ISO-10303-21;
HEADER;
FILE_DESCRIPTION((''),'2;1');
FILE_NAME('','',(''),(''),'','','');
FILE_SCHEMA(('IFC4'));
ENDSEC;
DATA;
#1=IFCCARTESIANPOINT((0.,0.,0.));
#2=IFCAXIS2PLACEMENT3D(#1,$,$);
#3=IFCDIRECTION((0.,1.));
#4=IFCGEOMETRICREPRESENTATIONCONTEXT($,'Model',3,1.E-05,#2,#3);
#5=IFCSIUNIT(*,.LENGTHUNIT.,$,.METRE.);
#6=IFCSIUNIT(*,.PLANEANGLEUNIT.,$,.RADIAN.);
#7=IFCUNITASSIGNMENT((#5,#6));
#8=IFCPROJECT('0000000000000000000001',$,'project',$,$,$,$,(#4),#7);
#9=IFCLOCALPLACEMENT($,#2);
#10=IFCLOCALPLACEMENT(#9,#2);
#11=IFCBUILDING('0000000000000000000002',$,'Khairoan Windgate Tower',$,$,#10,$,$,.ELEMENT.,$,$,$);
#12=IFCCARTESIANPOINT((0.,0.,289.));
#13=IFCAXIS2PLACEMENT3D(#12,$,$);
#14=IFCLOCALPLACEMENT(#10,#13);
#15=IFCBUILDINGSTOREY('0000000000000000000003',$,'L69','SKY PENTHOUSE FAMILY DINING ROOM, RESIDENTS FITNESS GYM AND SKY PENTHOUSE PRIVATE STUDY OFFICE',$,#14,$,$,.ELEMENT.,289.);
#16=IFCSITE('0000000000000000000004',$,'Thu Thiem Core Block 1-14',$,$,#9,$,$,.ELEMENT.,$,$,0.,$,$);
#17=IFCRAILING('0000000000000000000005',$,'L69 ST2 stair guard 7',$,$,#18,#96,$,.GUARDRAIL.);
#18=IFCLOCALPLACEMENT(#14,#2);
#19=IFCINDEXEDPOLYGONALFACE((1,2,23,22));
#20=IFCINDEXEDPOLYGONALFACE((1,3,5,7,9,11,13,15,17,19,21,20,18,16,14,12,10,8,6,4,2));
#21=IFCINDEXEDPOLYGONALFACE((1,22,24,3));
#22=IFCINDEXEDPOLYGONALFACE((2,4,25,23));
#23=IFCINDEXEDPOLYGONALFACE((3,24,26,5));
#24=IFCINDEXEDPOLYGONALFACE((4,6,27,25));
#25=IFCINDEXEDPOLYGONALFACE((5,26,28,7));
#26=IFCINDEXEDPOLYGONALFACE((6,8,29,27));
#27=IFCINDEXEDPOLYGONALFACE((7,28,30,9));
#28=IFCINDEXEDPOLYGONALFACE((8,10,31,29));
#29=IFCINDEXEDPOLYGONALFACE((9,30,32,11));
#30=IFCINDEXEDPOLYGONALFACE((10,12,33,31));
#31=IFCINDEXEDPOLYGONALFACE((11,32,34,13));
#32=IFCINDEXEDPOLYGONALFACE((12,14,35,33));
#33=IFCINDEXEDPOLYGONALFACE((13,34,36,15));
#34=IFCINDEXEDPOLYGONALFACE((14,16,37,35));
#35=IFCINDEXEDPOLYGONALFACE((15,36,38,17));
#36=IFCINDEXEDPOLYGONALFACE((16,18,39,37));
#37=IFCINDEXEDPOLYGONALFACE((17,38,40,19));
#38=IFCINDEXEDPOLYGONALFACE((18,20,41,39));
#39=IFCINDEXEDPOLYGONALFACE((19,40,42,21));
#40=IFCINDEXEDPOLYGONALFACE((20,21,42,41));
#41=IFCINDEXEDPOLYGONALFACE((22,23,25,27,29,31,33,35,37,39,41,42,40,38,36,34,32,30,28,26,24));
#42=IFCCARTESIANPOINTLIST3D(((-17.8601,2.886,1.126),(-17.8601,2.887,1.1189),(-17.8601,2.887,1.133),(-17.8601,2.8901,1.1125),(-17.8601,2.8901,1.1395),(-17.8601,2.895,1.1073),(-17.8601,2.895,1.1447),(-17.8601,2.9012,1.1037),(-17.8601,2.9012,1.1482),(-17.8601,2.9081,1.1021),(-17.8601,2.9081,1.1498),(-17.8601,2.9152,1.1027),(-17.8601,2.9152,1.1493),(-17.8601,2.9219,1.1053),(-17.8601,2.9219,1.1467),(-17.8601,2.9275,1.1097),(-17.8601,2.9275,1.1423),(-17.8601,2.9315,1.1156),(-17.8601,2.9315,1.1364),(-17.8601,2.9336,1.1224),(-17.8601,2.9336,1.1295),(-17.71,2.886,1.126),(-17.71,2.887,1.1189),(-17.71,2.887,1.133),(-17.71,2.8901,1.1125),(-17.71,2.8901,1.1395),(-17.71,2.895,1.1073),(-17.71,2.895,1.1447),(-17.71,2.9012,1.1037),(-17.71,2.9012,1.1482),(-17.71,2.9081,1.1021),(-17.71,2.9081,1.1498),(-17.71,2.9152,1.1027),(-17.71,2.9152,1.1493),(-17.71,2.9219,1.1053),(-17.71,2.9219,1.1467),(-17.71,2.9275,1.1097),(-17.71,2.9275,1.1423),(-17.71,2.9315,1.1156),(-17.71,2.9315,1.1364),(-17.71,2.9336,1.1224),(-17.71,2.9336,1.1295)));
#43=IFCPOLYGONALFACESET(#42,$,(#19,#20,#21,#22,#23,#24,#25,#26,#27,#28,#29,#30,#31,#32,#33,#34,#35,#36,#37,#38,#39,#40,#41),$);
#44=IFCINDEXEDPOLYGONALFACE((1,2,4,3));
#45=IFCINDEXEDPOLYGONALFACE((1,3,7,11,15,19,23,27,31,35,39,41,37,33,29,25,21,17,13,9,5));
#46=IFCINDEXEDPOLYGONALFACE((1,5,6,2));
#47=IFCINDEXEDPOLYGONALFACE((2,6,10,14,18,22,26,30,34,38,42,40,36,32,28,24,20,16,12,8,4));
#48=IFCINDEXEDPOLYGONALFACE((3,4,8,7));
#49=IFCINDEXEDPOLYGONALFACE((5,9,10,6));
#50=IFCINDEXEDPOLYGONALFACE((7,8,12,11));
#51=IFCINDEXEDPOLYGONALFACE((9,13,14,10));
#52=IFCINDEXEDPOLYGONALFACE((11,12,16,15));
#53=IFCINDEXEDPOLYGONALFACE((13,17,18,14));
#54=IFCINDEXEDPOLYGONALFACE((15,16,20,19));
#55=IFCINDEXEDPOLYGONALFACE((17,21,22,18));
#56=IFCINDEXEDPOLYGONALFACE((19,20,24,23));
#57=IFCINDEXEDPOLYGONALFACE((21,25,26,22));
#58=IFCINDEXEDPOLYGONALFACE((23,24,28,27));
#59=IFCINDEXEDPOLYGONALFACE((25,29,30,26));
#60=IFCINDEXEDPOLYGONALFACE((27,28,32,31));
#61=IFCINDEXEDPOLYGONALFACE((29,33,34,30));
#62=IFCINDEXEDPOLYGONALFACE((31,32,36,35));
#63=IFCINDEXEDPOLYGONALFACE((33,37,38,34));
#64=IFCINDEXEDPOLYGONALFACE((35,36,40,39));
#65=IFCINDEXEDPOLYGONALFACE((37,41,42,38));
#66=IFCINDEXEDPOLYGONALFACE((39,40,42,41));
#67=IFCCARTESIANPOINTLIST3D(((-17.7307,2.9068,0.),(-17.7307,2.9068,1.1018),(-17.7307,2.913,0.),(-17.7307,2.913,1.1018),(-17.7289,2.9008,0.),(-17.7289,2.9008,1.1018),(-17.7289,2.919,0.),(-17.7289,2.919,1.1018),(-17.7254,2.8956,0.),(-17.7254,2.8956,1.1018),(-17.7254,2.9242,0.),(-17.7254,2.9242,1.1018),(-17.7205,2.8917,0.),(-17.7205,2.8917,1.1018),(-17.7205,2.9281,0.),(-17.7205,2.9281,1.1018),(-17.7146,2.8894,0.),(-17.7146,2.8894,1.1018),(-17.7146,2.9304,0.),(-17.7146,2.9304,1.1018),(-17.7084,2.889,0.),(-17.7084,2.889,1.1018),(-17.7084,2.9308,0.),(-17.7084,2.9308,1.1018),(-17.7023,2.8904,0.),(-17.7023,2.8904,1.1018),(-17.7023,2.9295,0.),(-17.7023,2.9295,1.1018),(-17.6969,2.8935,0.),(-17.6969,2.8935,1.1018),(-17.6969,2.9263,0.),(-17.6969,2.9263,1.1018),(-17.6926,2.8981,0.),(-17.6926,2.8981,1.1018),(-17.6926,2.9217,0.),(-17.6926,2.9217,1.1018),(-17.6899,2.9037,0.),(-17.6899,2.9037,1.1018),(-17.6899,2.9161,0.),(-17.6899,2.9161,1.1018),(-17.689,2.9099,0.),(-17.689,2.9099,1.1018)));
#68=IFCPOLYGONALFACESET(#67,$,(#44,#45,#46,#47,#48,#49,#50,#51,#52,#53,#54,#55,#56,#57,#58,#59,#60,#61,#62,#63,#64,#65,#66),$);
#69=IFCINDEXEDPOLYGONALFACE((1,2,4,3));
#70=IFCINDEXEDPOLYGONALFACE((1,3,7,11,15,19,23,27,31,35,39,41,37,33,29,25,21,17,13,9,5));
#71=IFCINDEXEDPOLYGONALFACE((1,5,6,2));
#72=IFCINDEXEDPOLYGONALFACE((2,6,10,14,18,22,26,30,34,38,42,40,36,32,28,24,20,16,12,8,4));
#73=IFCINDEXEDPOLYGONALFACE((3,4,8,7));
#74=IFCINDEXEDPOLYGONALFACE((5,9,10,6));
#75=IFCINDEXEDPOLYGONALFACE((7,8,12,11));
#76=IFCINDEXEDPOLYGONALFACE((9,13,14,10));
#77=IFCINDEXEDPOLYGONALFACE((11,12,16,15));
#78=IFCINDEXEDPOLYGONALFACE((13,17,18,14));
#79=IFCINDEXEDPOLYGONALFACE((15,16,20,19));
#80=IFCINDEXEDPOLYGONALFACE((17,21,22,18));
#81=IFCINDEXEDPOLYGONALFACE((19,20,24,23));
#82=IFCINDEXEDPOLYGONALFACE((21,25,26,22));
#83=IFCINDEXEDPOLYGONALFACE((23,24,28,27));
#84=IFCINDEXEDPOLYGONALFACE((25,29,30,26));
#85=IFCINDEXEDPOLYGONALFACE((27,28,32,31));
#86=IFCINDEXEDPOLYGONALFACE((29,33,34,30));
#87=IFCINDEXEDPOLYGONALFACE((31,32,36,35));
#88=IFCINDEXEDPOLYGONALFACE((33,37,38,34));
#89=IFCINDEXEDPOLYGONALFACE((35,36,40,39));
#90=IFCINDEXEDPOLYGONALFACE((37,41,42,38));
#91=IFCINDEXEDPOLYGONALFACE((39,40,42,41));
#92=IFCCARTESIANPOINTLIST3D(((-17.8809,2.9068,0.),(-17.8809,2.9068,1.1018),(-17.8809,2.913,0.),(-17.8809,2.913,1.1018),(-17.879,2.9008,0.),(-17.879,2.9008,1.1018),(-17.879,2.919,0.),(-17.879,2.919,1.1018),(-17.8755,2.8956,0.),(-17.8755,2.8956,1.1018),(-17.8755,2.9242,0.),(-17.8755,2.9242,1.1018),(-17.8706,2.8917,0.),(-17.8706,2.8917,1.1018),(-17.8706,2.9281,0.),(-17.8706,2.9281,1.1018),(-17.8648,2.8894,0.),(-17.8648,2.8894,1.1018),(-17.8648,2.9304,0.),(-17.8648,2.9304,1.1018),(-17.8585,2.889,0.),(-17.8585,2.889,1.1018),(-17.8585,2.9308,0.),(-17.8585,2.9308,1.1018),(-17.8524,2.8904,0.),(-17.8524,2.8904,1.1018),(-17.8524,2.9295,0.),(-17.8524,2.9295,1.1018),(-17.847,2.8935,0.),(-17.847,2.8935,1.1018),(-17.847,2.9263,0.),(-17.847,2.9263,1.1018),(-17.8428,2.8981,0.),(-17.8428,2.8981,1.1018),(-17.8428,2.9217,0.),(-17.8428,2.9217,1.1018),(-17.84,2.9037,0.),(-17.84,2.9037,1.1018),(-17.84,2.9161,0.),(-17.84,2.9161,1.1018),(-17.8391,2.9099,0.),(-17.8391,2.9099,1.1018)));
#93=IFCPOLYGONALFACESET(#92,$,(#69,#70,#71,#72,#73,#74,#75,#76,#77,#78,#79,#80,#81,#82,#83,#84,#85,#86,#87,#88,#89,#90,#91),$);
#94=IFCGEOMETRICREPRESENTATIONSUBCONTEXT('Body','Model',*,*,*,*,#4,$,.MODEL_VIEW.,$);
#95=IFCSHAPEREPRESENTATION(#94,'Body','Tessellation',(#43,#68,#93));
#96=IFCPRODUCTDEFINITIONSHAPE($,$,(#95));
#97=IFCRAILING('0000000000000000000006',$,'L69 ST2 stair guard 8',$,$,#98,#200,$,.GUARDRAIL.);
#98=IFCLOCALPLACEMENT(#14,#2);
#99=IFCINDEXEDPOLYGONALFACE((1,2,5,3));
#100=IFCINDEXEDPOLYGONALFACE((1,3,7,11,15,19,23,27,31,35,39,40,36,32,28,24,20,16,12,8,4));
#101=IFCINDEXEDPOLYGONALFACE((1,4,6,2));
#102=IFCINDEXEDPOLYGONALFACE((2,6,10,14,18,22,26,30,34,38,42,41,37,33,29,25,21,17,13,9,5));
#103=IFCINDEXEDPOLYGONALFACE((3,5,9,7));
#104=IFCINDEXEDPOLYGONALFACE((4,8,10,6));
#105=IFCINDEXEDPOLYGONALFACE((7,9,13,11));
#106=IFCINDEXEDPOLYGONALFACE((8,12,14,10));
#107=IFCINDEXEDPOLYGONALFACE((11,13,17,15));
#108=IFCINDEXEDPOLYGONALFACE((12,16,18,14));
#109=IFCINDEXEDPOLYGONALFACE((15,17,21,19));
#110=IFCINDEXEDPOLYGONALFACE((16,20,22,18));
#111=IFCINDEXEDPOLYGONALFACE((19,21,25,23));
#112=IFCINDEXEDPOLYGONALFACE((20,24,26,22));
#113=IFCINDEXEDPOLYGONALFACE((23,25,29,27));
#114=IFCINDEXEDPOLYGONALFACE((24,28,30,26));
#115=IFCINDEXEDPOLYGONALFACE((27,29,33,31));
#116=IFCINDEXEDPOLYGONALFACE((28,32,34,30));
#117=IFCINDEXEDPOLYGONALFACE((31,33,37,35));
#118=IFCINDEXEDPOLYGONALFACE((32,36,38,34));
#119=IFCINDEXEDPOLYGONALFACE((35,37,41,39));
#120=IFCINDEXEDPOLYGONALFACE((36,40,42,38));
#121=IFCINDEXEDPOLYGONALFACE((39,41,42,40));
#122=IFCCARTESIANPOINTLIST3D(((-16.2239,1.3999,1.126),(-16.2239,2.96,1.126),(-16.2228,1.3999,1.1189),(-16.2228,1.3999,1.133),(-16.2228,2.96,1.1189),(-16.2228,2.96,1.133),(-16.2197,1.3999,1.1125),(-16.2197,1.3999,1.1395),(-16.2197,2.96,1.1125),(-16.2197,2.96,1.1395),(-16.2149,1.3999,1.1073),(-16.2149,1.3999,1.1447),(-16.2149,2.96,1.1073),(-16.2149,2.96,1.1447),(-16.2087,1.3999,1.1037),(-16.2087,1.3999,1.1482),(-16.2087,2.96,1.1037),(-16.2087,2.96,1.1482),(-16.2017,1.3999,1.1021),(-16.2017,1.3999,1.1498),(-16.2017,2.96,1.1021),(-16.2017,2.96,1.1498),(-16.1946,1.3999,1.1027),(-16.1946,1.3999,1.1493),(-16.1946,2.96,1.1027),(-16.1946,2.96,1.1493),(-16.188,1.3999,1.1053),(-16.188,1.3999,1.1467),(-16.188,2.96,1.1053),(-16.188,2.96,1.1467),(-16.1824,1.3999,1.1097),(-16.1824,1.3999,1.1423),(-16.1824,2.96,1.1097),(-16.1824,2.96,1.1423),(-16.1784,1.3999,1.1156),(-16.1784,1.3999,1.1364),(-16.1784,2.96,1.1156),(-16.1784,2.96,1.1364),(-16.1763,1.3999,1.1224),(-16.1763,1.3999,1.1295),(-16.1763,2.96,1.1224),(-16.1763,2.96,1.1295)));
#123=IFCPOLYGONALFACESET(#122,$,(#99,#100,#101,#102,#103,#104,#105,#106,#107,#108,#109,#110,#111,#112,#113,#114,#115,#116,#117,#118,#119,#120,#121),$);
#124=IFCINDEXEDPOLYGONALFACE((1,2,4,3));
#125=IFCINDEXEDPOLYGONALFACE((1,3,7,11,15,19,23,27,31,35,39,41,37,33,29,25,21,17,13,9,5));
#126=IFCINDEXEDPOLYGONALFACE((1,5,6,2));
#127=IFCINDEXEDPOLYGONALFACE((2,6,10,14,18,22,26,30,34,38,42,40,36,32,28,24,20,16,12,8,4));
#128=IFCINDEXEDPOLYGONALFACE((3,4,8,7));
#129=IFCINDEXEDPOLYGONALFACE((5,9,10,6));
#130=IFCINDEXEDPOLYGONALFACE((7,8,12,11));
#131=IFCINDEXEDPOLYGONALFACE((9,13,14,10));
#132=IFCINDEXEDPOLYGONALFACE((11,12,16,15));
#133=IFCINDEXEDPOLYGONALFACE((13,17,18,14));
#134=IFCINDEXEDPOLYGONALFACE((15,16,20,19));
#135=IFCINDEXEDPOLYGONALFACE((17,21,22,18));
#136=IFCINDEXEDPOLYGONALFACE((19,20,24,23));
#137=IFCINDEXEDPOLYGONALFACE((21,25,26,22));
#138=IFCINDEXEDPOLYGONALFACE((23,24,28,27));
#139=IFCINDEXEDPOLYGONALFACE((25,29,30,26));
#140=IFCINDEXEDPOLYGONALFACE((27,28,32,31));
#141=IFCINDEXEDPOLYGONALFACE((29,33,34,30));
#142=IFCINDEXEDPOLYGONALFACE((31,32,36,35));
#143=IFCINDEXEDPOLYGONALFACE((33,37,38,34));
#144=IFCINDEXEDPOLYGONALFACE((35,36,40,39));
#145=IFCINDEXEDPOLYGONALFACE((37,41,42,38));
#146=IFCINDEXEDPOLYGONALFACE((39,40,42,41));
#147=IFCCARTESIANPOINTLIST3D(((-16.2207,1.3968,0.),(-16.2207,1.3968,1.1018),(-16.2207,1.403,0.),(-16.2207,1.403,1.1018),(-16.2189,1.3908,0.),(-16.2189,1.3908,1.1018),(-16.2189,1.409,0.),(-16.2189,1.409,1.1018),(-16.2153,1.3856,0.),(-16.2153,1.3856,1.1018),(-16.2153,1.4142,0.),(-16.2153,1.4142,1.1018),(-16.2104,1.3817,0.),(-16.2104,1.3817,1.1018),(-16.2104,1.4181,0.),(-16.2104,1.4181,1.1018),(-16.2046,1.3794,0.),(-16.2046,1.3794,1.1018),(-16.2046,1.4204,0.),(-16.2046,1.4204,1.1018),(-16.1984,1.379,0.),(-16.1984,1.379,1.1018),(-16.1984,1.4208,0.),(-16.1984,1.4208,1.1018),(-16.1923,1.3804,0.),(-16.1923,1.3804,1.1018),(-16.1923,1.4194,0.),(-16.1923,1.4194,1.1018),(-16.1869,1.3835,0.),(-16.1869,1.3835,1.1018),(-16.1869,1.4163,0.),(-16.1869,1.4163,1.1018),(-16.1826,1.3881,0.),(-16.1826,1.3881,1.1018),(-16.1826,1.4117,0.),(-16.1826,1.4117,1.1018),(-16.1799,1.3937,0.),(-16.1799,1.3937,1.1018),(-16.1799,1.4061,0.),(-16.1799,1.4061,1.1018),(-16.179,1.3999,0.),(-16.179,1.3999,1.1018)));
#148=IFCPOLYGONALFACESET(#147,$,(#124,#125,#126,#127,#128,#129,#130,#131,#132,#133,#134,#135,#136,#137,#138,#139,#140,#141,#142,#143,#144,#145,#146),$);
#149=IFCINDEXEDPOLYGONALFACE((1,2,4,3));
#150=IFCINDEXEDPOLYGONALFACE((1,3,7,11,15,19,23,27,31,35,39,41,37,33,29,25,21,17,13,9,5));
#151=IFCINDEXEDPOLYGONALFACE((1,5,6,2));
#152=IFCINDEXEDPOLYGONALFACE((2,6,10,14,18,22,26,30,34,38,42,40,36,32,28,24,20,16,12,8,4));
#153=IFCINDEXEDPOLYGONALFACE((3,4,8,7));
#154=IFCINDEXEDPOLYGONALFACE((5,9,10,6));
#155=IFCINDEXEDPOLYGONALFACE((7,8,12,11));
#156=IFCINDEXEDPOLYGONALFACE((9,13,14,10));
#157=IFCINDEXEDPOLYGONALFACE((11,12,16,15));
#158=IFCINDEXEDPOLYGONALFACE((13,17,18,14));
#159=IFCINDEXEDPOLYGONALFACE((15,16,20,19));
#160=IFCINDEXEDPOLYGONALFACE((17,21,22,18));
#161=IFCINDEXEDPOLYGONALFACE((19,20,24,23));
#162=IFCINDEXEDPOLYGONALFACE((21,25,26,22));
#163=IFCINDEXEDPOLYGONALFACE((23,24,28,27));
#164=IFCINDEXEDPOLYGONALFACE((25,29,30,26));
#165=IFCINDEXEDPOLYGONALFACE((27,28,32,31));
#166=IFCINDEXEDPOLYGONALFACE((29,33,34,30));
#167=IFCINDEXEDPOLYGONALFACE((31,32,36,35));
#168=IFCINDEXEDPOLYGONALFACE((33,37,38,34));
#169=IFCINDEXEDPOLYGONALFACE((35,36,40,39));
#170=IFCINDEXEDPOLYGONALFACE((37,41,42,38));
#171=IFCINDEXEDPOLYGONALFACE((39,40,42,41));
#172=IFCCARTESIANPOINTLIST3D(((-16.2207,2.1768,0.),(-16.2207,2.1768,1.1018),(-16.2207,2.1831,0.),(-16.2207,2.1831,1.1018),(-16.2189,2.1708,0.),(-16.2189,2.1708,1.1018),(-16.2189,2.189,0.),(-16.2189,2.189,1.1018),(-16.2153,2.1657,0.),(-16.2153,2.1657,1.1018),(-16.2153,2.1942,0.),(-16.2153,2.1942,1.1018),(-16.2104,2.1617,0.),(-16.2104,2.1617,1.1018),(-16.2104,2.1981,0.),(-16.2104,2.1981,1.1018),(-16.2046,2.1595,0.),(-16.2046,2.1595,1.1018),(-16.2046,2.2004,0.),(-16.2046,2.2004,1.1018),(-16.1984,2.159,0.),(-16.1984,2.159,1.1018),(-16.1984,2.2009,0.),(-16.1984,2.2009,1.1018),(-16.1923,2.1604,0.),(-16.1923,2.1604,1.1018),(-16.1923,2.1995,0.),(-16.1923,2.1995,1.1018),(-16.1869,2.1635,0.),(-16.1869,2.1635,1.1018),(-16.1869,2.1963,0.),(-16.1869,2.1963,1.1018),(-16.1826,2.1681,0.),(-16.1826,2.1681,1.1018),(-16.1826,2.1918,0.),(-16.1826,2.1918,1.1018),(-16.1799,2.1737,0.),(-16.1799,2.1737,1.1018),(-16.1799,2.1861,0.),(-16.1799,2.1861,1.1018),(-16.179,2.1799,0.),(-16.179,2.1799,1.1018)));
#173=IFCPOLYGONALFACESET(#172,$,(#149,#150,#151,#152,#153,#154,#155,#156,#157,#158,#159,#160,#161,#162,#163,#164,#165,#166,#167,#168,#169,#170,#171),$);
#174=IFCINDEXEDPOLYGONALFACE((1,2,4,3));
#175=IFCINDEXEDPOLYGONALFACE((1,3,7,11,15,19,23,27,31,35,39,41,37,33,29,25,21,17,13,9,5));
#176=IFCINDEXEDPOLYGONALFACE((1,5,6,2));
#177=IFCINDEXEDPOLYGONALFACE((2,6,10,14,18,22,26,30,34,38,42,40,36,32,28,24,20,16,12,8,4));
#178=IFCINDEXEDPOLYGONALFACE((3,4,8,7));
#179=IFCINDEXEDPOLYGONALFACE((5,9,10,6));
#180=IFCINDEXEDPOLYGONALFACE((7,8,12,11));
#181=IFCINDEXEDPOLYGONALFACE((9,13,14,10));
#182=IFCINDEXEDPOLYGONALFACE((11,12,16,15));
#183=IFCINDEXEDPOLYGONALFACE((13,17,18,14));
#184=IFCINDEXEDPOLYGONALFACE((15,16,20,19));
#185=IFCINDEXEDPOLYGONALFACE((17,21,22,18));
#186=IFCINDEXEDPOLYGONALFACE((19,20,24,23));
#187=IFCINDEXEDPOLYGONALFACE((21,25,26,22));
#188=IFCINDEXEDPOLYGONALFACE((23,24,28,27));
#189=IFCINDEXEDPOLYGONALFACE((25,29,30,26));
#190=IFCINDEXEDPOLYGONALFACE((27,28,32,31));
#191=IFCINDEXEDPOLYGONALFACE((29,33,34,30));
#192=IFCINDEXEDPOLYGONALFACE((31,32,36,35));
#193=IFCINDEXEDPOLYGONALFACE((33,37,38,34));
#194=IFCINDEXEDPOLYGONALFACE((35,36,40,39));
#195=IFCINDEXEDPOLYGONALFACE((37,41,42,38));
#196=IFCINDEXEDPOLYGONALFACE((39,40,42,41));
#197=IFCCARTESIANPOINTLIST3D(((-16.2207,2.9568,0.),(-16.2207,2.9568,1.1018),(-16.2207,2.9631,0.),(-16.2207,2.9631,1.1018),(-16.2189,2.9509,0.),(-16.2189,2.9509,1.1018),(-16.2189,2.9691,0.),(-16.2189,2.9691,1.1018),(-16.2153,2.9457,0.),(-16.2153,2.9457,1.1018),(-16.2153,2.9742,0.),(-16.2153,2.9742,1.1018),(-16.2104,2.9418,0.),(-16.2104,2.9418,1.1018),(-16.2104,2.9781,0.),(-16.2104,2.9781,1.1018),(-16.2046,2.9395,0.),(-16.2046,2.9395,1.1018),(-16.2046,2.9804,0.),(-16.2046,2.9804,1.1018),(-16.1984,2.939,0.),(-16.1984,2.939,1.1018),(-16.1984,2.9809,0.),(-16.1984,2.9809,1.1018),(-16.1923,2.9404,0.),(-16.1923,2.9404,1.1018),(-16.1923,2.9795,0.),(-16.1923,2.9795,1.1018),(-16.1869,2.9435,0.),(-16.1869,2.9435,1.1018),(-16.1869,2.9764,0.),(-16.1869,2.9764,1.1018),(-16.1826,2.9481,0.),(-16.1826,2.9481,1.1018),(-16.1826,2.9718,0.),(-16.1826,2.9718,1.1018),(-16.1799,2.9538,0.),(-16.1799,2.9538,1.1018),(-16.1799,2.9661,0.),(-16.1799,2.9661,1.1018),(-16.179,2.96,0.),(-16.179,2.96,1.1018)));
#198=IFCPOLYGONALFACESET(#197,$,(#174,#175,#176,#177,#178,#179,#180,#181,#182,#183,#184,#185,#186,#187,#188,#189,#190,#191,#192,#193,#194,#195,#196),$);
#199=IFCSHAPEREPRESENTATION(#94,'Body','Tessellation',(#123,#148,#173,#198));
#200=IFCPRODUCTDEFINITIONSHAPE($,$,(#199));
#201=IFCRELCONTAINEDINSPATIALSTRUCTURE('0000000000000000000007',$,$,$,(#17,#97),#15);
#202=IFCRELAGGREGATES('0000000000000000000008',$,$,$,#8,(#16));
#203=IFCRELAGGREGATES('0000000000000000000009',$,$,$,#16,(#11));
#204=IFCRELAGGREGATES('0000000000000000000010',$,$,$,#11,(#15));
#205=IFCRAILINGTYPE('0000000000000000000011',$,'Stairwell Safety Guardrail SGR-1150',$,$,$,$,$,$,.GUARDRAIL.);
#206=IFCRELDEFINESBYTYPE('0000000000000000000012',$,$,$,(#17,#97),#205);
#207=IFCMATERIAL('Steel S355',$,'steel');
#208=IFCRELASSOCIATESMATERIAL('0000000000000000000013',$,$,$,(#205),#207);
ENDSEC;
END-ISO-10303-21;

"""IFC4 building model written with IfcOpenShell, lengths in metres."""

from ifc_helpers import new_model, si_unit, direction, frame, origin, origin_2d, place, context, subcontext, project, spatial, circle, extrude, material, type_object, element, save


model = new_model("IFC4")

# Units and contexts
model_context = context("Model", 3, precision=1e-05, world=origin(), true_north=direction((0.0, 1.0)))
body_context = subcontext(model_context, "Body", "Model", "MODEL_VIEW")
ifc_project = project(units=[si_unit("LENGTHUNIT", "METRE"), si_unit("PLANEANGLEUNIT", "RADIAN")], contexts=[model_context])

# Site, building, storey
site_placement = place(None, origin())
site = spatial("IfcSite", under=ifc_project, at=site_placement, Name="Thu Thiem Core Block 1-14", CompositionType="ELEMENT", RefElevation=0.0)
building_placement = place(site_placement, origin())
building = spatial("IfcBuilding", under=site, at=building_placement, Name="Khairoan Windgate Tower", CompositionType="ELEMENT")
storey_placement = place(building_placement, frame((0.0, 0.0, 289.0)))
storey = spatial("IfcBuildingStorey", under=building, at=storey_placement, Name="L69", Description="SKY PENTHOUSE FAMILY DINING ROOM, RESIDENTS FITNESS GYM AND SKY PENTHOUSE PRIVATE STUDY OFFICE", CompositionType="ELEMENT", Elevation=289.0)

# Railings
ifc_material_1 = material(Name="Steel S355", Category="steel")
railing_type_1 = type_object("IfcRailingType", Name="Stairwell Safety Guardrail SGR-1150", PredefinedType="GUARDRAIL", material=ifc_material_1)
railing_1_placement = place(storey_placement, frame((-17.71, 2.9099, 0.0)))
element("IfcRailing", 1, at=railing_1_placement, inside=storey, type_object=railing_type_1, Name="L69 ST2 stair guard 7", PredefinedType="GUARDRAIL", context=body_context, shape_type="SweptSolid", body=[
    extrude(circle(Radius=0.0239, at=origin_2d()), frame((0.0, 0.0, 1.126), z_axis=(-1.0, 0.0, 0.0), x_axis=(0.0, -1.0, 0.0)), (0.0, 0.0, 1.0), 0.1501),
    extrude(circle(Radius=0.021, at=origin_2d()), origin(), (0.0, 0.0, 1.0), 1.1018),
    extrude(circle(Radius=0.021, at=origin_2d()), frame((-0.1501, 0.0, 0.0)), (0.0, 0.0, 1.0), 1.1018),
])
for number, where, name in (
    (2, (-16.2, 1.3999, 0.0), "L69 ST2 stair guard 8"),
):
    element("IfcRailing", number, at=place(storey_placement, frame(where)), inside=storey, type_object=railing_type_1, Name=name, PredefinedType="GUARDRAIL", context=body_context, shape_type="SweptSolid", body=[
        extrude(circle(Radius=0.0239, at=origin_2d()), frame((0.0, 0.0, 1.126), z_axis=(0.0, 1.0, 0.0), x_axis=(-1.0, 0.0, 0.0)), (0.0, 0.0, 1.0), 1.5601),
        extrude(circle(Radius=0.021, at=origin_2d()), origin(), (0.0, 0.0, 1.0), 1.1018),
        extrude(circle(Radius=0.021, at=origin_2d()), frame((0.0, 0.78, 0.0)), (0.0, 0.0, 1.0), 1.1018),
        extrude(circle(Radius=0.021, at=origin_2d()), frame((0.0, 1.5601, 0.0)), (0.0, 0.0, 1.0), 1.1018),
    ])

save(model, "model.ifc")
